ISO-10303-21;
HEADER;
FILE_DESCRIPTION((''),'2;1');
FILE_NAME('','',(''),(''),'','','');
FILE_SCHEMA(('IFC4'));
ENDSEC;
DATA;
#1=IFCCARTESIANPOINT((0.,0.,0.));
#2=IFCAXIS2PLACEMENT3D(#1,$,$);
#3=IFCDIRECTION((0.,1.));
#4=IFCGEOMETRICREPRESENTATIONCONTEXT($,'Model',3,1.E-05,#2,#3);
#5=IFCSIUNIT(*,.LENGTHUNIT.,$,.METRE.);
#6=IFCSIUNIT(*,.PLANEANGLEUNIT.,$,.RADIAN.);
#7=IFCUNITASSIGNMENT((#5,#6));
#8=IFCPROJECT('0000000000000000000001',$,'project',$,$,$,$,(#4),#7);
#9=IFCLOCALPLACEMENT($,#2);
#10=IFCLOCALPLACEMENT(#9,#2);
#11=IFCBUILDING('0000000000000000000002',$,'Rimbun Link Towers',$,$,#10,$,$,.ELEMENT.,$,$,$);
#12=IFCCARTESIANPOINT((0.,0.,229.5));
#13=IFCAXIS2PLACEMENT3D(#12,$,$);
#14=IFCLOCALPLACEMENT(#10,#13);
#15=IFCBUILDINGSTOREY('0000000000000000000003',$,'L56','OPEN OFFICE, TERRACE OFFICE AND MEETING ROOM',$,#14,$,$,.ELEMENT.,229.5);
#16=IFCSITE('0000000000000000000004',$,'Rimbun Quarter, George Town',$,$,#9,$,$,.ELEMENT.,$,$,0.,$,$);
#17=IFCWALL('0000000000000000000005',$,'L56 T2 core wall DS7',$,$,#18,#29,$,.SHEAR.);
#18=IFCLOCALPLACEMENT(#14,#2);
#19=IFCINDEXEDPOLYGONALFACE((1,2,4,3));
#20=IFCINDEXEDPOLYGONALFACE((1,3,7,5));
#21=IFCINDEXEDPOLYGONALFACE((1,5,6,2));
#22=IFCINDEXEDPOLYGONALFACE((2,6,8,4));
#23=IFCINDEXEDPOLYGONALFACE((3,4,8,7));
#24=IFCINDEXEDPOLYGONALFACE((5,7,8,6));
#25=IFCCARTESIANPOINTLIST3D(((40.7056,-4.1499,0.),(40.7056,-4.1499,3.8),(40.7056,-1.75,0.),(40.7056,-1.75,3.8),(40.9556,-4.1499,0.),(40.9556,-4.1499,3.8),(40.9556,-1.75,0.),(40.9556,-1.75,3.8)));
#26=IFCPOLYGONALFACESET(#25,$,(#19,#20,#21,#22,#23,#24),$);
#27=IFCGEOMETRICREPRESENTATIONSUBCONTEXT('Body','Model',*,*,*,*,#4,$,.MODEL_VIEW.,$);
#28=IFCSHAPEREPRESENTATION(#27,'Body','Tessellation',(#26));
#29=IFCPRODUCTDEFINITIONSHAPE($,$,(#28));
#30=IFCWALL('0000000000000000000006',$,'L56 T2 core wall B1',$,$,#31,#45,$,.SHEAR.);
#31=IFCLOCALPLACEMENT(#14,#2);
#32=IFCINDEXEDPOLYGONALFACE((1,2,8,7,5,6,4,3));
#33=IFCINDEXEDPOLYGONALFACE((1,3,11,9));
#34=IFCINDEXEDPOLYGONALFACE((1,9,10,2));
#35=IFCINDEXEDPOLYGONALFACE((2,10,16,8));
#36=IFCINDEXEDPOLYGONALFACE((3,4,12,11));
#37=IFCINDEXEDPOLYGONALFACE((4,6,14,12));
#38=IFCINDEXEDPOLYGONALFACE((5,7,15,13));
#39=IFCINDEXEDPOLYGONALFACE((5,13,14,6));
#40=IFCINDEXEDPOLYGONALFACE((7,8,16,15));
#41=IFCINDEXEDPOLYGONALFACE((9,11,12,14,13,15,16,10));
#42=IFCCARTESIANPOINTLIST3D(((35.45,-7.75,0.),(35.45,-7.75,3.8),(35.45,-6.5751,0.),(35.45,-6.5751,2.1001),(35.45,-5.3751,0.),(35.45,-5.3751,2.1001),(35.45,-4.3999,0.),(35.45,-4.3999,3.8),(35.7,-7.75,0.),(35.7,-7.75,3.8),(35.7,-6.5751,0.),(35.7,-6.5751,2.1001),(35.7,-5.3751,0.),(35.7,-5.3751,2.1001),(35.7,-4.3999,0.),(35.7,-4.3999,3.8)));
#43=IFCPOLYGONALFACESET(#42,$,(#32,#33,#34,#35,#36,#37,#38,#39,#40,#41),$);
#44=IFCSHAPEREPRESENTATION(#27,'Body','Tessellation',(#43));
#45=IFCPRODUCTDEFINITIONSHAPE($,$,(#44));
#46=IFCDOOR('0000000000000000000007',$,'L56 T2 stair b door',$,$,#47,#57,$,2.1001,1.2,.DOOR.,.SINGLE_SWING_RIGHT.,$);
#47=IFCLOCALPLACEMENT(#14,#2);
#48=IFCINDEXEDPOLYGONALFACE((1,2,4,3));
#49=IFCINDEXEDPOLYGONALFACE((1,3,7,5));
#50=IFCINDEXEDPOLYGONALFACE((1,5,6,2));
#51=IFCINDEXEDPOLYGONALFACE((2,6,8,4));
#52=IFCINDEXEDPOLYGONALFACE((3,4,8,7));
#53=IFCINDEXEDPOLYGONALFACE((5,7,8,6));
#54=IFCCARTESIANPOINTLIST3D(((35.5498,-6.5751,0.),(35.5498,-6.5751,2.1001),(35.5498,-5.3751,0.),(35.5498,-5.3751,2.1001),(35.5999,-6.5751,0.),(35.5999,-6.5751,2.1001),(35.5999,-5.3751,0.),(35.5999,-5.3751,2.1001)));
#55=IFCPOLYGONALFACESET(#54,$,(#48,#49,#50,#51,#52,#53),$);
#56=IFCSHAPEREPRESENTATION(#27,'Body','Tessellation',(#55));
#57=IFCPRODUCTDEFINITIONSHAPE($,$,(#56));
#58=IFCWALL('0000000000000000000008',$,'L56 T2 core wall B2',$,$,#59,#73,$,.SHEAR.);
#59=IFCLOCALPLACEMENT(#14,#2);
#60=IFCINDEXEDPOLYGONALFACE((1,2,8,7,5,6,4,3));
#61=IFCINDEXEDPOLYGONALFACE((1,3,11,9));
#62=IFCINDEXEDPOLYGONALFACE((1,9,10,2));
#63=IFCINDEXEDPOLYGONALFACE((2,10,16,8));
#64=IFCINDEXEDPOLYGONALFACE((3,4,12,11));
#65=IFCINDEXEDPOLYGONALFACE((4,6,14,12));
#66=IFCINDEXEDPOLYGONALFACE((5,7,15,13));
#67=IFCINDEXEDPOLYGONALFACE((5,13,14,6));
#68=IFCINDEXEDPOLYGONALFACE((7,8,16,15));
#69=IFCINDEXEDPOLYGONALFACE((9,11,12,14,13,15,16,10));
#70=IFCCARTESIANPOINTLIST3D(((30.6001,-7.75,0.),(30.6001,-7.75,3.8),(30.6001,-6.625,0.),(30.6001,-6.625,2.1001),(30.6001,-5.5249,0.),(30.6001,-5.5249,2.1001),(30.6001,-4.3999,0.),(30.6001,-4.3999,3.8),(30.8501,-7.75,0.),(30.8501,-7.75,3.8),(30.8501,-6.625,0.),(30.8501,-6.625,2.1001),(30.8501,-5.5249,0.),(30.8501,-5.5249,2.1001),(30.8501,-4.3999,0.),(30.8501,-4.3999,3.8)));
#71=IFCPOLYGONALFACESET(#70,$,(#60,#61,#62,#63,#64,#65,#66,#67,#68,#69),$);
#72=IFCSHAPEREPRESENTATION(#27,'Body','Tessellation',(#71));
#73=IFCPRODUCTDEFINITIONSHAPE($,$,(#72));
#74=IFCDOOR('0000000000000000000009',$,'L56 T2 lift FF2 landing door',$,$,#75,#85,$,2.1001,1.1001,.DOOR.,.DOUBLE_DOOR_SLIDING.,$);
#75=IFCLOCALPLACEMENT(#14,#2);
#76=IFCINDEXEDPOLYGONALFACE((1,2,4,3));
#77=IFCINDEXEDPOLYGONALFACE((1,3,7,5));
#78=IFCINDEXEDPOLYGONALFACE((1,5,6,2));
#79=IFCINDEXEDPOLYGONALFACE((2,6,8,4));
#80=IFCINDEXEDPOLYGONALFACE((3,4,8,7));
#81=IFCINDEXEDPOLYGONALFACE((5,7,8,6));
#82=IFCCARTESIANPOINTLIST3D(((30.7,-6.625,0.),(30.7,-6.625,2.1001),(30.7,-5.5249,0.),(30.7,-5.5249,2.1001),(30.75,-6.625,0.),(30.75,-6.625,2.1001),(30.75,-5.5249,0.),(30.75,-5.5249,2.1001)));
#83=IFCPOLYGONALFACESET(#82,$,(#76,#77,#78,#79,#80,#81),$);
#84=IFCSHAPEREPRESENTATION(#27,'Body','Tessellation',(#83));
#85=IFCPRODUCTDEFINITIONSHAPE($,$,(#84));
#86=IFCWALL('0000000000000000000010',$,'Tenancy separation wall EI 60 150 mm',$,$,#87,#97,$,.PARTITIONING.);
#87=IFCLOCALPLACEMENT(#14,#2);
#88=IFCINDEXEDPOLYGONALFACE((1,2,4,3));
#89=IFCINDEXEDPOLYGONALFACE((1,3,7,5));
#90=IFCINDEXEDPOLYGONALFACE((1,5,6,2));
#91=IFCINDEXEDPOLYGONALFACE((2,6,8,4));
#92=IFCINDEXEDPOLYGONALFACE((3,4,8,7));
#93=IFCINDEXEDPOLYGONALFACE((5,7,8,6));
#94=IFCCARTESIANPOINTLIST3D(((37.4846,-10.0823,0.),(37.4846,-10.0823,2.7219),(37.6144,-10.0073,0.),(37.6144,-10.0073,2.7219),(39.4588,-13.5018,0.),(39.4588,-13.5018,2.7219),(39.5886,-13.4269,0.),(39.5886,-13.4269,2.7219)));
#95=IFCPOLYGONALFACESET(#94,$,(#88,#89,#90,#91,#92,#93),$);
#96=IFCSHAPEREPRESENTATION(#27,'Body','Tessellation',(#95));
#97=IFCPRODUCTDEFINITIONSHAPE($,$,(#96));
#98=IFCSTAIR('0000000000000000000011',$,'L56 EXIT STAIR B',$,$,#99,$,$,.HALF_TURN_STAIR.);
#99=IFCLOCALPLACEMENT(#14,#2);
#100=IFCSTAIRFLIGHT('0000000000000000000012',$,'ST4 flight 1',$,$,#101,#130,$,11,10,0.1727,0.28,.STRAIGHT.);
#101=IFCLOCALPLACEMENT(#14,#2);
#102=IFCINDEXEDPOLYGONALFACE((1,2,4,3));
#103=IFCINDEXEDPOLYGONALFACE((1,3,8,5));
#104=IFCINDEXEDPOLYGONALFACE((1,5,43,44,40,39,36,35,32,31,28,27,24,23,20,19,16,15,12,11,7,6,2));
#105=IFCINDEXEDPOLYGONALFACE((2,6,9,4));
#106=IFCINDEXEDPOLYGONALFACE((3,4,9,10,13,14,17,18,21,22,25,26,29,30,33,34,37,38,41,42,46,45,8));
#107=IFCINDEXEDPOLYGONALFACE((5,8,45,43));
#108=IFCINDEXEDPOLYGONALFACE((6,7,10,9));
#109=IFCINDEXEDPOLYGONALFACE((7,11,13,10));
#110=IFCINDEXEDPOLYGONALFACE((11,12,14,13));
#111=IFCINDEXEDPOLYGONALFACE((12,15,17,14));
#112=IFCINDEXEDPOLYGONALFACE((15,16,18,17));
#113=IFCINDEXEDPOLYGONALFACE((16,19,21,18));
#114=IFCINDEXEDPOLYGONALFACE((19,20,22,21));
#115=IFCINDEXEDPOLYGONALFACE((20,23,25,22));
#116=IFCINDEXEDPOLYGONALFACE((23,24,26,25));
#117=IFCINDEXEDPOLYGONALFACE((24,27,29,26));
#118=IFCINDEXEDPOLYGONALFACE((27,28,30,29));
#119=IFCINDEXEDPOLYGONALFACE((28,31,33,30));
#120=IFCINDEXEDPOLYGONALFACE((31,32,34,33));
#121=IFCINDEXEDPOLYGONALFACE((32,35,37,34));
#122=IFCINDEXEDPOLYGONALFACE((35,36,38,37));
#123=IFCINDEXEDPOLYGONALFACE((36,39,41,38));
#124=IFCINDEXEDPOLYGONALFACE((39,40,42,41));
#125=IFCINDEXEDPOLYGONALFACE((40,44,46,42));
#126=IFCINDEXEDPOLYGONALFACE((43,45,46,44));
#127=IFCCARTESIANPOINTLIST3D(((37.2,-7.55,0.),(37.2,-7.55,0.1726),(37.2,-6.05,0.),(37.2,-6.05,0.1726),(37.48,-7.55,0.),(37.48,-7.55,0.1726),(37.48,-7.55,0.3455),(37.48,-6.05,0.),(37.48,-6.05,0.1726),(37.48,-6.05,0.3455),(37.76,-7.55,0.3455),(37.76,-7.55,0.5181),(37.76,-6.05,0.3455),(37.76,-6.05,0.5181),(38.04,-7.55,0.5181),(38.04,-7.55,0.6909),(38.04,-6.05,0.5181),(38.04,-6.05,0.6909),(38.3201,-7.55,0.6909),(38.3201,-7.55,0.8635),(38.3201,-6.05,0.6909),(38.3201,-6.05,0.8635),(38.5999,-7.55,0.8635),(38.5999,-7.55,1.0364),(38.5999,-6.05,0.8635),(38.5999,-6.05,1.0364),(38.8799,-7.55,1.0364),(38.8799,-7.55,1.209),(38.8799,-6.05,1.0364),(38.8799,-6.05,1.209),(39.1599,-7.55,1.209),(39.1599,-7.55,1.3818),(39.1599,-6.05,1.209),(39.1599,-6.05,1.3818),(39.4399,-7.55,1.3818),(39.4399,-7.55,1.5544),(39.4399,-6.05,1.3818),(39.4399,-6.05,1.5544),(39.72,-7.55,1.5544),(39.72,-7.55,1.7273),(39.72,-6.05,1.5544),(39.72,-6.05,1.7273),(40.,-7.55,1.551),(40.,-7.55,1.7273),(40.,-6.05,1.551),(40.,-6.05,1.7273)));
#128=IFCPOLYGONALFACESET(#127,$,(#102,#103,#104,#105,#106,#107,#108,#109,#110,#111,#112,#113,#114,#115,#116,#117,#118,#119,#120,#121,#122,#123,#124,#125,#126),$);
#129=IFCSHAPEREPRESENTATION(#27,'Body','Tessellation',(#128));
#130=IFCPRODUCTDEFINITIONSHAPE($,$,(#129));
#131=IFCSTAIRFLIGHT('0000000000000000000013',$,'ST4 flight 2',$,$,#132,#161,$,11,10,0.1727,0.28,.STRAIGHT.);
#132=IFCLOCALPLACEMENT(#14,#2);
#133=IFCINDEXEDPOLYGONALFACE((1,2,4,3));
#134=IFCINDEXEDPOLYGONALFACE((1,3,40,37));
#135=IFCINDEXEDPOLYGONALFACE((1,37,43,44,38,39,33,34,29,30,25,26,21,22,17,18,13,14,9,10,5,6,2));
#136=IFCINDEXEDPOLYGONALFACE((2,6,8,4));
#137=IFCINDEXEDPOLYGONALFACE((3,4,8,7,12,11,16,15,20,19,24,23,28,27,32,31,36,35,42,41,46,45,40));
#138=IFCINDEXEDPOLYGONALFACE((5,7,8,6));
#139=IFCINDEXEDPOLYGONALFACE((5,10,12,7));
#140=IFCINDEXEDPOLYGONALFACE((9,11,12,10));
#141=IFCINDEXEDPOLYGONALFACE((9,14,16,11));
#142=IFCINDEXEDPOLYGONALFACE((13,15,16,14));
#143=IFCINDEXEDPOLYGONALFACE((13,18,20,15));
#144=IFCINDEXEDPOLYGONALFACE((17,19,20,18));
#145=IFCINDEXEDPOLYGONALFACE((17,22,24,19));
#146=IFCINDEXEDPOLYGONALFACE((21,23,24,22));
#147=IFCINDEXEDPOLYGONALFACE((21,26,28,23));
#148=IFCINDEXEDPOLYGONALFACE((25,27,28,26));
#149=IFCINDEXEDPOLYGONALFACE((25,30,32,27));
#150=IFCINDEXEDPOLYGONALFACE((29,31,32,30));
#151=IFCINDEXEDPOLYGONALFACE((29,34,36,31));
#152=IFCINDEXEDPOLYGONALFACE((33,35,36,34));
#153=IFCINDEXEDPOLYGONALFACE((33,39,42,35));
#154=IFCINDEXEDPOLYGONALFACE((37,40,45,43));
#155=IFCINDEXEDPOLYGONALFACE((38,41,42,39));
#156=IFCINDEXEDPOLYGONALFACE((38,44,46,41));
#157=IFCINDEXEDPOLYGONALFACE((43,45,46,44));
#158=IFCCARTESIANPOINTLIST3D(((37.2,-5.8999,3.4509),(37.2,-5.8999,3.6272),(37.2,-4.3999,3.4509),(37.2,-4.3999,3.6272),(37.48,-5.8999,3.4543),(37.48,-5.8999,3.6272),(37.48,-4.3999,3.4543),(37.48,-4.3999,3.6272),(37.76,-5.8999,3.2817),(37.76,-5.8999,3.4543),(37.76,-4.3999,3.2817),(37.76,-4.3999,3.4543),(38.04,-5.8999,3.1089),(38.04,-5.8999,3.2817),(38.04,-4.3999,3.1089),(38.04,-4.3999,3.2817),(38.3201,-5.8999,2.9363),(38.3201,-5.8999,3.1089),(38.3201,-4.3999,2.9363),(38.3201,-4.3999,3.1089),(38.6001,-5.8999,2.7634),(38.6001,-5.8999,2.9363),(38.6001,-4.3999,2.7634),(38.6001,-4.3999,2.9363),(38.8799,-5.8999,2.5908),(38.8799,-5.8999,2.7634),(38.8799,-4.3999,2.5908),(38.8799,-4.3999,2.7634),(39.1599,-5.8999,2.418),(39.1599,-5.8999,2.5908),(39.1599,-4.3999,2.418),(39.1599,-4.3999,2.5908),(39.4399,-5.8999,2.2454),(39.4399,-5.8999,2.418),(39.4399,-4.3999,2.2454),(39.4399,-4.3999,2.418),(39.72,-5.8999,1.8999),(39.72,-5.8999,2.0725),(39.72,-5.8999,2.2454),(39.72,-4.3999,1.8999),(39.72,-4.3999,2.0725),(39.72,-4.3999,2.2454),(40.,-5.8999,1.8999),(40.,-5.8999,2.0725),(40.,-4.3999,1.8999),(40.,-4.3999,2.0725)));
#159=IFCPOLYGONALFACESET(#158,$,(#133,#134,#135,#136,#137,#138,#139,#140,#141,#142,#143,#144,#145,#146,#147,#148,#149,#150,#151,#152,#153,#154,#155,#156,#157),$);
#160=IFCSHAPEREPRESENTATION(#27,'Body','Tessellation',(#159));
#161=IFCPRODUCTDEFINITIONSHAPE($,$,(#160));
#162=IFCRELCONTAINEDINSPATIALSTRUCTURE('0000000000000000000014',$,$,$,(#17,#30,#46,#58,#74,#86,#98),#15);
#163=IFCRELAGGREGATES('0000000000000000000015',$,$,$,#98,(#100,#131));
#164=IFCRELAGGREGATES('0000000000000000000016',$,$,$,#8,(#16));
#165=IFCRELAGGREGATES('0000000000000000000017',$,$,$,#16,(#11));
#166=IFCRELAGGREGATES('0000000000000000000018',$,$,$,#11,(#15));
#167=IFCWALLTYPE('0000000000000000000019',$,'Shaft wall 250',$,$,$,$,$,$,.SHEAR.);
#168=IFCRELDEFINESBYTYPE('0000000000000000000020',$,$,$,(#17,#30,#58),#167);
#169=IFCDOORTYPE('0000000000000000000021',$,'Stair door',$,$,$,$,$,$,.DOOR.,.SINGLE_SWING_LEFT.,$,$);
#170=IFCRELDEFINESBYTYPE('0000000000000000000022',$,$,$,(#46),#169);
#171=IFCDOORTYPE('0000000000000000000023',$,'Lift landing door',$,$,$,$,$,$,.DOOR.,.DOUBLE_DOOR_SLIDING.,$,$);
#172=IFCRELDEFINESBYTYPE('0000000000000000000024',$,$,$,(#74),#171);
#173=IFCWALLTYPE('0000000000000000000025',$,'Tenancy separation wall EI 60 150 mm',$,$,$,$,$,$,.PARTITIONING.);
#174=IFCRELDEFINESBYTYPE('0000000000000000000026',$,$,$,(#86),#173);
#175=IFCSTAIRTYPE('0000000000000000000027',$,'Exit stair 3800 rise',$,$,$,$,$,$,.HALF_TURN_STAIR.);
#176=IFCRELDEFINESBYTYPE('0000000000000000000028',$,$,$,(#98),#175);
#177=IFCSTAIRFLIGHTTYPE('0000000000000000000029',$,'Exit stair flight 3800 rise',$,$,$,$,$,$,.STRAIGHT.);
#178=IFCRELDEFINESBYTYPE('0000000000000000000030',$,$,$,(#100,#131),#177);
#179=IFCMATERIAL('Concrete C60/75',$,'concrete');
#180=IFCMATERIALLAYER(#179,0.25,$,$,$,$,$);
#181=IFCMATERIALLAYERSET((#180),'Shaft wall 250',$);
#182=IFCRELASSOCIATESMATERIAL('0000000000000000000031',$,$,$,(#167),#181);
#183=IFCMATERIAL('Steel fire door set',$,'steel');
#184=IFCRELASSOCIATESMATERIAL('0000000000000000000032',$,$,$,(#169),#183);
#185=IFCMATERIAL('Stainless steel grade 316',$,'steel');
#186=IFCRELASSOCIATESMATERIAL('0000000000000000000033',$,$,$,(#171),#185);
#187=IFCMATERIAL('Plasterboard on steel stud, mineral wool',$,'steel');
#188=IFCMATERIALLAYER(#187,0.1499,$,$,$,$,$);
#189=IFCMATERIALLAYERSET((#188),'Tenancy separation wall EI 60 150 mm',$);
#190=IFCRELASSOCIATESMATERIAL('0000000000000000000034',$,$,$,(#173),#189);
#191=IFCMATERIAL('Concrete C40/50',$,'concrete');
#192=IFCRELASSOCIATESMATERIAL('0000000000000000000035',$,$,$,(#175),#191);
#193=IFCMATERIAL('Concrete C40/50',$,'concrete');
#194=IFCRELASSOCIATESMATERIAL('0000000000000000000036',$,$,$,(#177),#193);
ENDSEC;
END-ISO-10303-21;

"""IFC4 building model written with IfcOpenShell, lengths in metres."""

from ifc_helpers import new_model, si_unit, direction, frame, frame_2d, origin, place, context, subcontext, project, spatial, polyline, rectangle, outline, extrude, material, layer, layer_set, type_object, element, fill, aggregate, save


model = new_model("IFC4")

# Units and contexts
model_context = context("Model", 3, precision=1e-05, world=origin(), true_north=direction((0.0, 1.0)))
body_context = subcontext(model_context, "Body", "Model", "MODEL_VIEW")
ifc_project = project(units=[si_unit("LENGTHUNIT", "METRE"), si_unit("PLANEANGLEUNIT", "RADIAN")], contexts=[model_context])

# Site, building, storey
site_placement = place(None, origin())
site = spatial("IfcSite", under=ifc_project, at=site_placement, Name="Rimbun Quarter, George Town", CompositionType="ELEMENT", RefElevation=0.0)
building_placement = place(site_placement, origin())
building = spatial("IfcBuilding", under=site, at=building_placement, Name="Rimbun Link Towers", CompositionType="ELEMENT")
storey_placement = place(building_placement, frame((0.0, 0.0, 229.5)))
storey = spatial("IfcBuildingStorey", under=building, at=storey_placement, Name="L56", Description="OPEN OFFICE, TERRACE OFFICE AND MEETING ROOM", CompositionType="ELEMENT", Elevation=229.5)

# Wall
ifc_material_1 = material(Name="Concrete C60/75", Category="concrete")
ifc_layer_1 = layer(ifc_material_1, 0.25)
ifc_layer_set_1 = layer_set([ifc_layer_1], Name="Shaft wall 250")
wall_type_1 = type_object("IfcWallType", Name="Shaft wall 250", PredefinedType="SHEAR", material=ifc_layer_set_1)
for number, where, z_axis, x_axis, name in (
    (1, (40.8306, -4.1499, 0.0), (0.0, 0.0, 1.0), (0.0, 1.0, 0.0), "L56 T2 core wall DS7"),
):
    element("IfcWall", number, at=place(storey_placement, frame(where, z_axis=z_axis, x_axis=x_axis)), inside=storey, type_object=wall_type_1, Name=name, PredefinedType="SHEAR", context=body_context, shape_type="SweptSolid", body=[
        extrude(rectangle(XDim=2.3999, YDim=0.25, at=frame_2d((1.2, 0.0))), origin(), (0.0, 0.0, 1.0), 3.8),
    ])

# Walls, openings, doors
wall_1_placement = place(storey_placement, frame((35.575, -4.3999, 0.0), z_axis=(0.0, 0.0, 1.0), x_axis=(0.0, -1.0, 0.0)))
wall_1 = element("IfcWall", 2, at=wall_1_placement, inside=storey, type_object=wall_type_1, Name="L56 T2 core wall B1", PredefinedType="SHEAR", context=body_context, shape_type="SweptSolid", body=[
    extrude(rectangle(XDim=3.3501, YDim=0.25, at=frame_2d((1.675, 0.0))), origin(), (0.0, 0.0, 1.0), 3.8),
])
opening_1_placement = place(wall_1_placement, frame((0.9751, 0.0, 0.0)))
opening_1 = element("IfcOpeningElement", 3, at=opening_1_placement, cuts=wall_1, PredefinedType="OPENING", context=body_context, shape_type="SweptSolid", body=[
    extrude(rectangle(XDim=1.2, YDim=2.1001, at=frame_2d((0.6001, 1.05))), frame((0.0, 0.135, 0.0), z_axis=(0.0, -1.0, 0.0), x_axis=(1.0, 0.0, 0.0)), (0.0, 0.0, 1.0), 0.27),
])
ifc_material_2 = material(Name="Steel fire door set", Category="steel")
door_type_1 = type_object("IfcDoorType", Name="Stair door", OperationType="SINGLE_SWING_LEFT", PredefinedType="DOOR", material=ifc_material_2)
door_1_placement = place(opening_1_placement, origin())
door_1 = element("IfcDoor", 4, at=door_1_placement, inside=storey, type_object=door_type_1, Name="L56 T2 stair b door", OperationType="SINGLE_SWING_RIGHT", OverallHeight=2.1001, OverallWidth=1.2, PredefinedType="DOOR", context=body_context, shape_type="SweptSolid", body=[
    extrude(rectangle(XDim=1.2, YDim=2.1001, at=frame_2d((0.6001, 1.05))), frame((0.0, 0.0249, 0.0), z_axis=(0.0, -1.0, 0.0), x_axis=(1.0, 0.0, 0.0)), (0.0, 0.0, 1.0), 0.05),
])
fill(opening_1, door_1)
wall_2_placement = place(storey_placement, frame((30.7251, -4.3999, 0.0), z_axis=(0.0, 0.0, 1.0), x_axis=(0.0, -1.0, 0.0)))
wall_2 = element("IfcWall", 5, at=wall_2_placement, inside=storey, type_object=wall_type_1, Name="L56 T2 core wall B2", PredefinedType="SHEAR", context=body_context, shape_type="SweptSolid", body=[
    extrude(rectangle(XDim=3.3501, YDim=0.25, at=frame_2d((1.675, 0.0))), origin(), (0.0, 0.0, 1.0), 3.8),
])
opening_2_placement = place(wall_2_placement, frame((1.125, 0.0, 0.0)))
opening_2 = element("IfcOpeningElement", 6, at=opening_2_placement, cuts=wall_2, PredefinedType="OPENING", context=body_context, shape_type="SweptSolid", body=[
    extrude(rectangle(XDim=1.1001, YDim=2.1001, at=frame_2d((0.55, 1.05))), frame((0.0, 0.135, 0.0), z_axis=(0.0, -1.0, 0.0), x_axis=(1.0, 0.0, 0.0)), (0.0, 0.0, 1.0), 0.27),
])
ifc_material_3 = material(Name="Stainless steel grade 316", Category="steel")
door_type_2 = type_object("IfcDoorType", Name="Lift landing door", OperationType="DOUBLE_DOOR_SLIDING", PredefinedType="DOOR", material=ifc_material_3)
door_2_placement = place(opening_2_placement, origin())
door_2 = element("IfcDoor", 7, at=door_2_placement, inside=storey, type_object=door_type_2, Name="L56 T2 lift FF2 landing door", OperationType="DOUBLE_DOOR_SLIDING", OverallHeight=2.1001, OverallWidth=1.1001, PredefinedType="DOOR", context=body_context, shape_type="SweptSolid", body=[
    extrude(rectangle(XDim=1.1001, YDim=2.1001, at=frame_2d((0.55, 1.05))), frame((0.0, 0.0249, 0.0), z_axis=(0.0, -1.0, 0.0), x_axis=(1.0, 0.0, 0.0)), (0.0, 0.0, 1.0), 0.05),
])
fill(opening_2, door_2)

# Wall
ifc_material_4 = material(Name="Plasterboard on steel stud, mineral wool", Category="steel")
ifc_layer_2 = layer(ifc_material_4, 0.1499)
ifc_layer_set_2 = layer_set([ifc_layer_2], Name="Tenancy separation wall EI 60 150 mm")
wall_type_2 = type_object("IfcWallType", Name="Tenancy separation wall EI 60 150 mm", PredefinedType="PARTITIONING", material=ifc_layer_set_2)
wall_3_placement = place(storey_placement, frame((37.5496, -10.0449, 0.0), z_axis=(0.0, 0.0, 1.0), x_axis=(0.499983, -0.866035, 0.0)))
element("IfcWall", 8, at=wall_3_placement, inside=storey, type_object=wall_type_2, Name="Tenancy separation wall EI 60 150 mm", PredefinedType="PARTITIONING", context=body_context, shape_type="SweptSolid", body=[
    extrude(rectangle(XDim=3.9485, YDim=0.1499, at=frame_2d((1.9741, 0.0))), origin(), (0.0, 0.0, 1.0), 2.7219),
])

# Stair, stair flights
ifc_material_5 = material(Name="Concrete C40/50", Category="concrete")
stair_type = type_object("IfcStairType", Name="Exit stair 3800 rise", PredefinedType="HALF_TURN_STAIR", material=ifc_material_5)
stair_placement = place(storey_placement, origin())
stair = element("IfcStair", 9, at=stair_placement, inside=storey, type_object=stair_type, Name="L56 EXIT STAIR B", PredefinedType="HALF_TURN_STAIR")
ifc_material_6 = material(Name="Concrete C40/50", Category="concrete")
stair_flight_type = type_object("IfcStairFlightType", Name="Exit stair flight 3800 rise", PredefinedType="STRAIGHT", material=ifc_material_6)
stair_flight_1_placement = place(storey_placement, frame((37.2, -6.8, 0.0), z_axis=(0.0, 0.0, 1.0), x_axis=(1.0, 0.0, 0.0)))
stair_flight_1 = element("IfcStairFlight", 10, at=stair_flight_1_placement, type_object=stair_flight_type, Name="ST4 flight 1", NumberOfRisers=11, NumberOfTreads=10, PredefinedType="STRAIGHT", RiserHeight=0.1727, TreadLength=0.28, context=body_context, shape_type="SweptSolid", body=[
    extrude(outline(polyline([(0.0, 0.0), (0.0, 0.1726), (0.28, 0.1726), (0.28, 0.3455), (0.5601, 0.3455), (0.5601, 0.5181), (0.8401, 0.5181), (0.8401, 0.6909), (1.1201, 0.6909), (1.1201, 0.8635), (1.3999, 0.8635), (1.3999, 1.0364), (1.6799, 1.0364), (1.6799, 1.209), (1.96, 1.209), (1.96, 1.3818), (2.24, 1.3818), (2.24, 1.5544), (2.52, 1.5544), (2.52, 1.7273), (2.8, 1.7273), (2.8, 1.8999), (2.8, 1.551), (0.28, 0.0), (0.0, 0.0)])), frame((0.0, 0.75, 0.0), z_axis=(0.0, -1.0, 0.0), x_axis=(1.0, 0.0, 0.0)), (0.0, 0.0, 1.0), 1.5),
])
stair_flight_2_placement = place(storey_placement, frame((40.0, -5.1499, 1.8999), z_axis=(0.0, 0.0, 1.0), x_axis=(-1.0, 0.0, 0.0)))
stair_flight_2 = element("IfcStairFlight", 11, at=stair_flight_2_placement, type_object=stair_flight_type, Name="ST4 flight 2", NumberOfRisers=11, NumberOfTreads=10, PredefinedType="STRAIGHT", RiserHeight=0.1727, TreadLength=0.28, context=body_context, shape_type="SweptSolid", body=[
    extrude(outline(polyline([(0.0, 0.0), (0.0, 0.1726), (0.28, 0.1726), (0.28, 0.3455), (0.5601, 0.3455), (0.5601, 0.5181), (0.8401, 0.5181), (0.8401, 0.6909), (1.1201, 0.6909), (1.1201, 0.8635), (1.3999, 0.8635), (1.3999, 1.0364), (1.6799, 1.0364), (1.6799, 1.209), (1.96, 1.209), (1.96, 1.3818), (2.24, 1.3818), (2.24, 1.5544), (2.52, 1.5544), (2.52, 1.7273), (2.8, 1.7273), (2.8, 1.8999), (2.8, 1.551), (0.28, 0.0), (0.0, 0.0)])), frame((0.0, 0.75, 0.0), z_axis=(0.0, -1.0, 0.0), x_axis=(1.0, 0.0, 0.0)), (0.0, 0.0, 1.0), 1.5),
])
aggregate(stair, [stair_flight_1, stair_flight_2])

save(model, "model.ifc")
